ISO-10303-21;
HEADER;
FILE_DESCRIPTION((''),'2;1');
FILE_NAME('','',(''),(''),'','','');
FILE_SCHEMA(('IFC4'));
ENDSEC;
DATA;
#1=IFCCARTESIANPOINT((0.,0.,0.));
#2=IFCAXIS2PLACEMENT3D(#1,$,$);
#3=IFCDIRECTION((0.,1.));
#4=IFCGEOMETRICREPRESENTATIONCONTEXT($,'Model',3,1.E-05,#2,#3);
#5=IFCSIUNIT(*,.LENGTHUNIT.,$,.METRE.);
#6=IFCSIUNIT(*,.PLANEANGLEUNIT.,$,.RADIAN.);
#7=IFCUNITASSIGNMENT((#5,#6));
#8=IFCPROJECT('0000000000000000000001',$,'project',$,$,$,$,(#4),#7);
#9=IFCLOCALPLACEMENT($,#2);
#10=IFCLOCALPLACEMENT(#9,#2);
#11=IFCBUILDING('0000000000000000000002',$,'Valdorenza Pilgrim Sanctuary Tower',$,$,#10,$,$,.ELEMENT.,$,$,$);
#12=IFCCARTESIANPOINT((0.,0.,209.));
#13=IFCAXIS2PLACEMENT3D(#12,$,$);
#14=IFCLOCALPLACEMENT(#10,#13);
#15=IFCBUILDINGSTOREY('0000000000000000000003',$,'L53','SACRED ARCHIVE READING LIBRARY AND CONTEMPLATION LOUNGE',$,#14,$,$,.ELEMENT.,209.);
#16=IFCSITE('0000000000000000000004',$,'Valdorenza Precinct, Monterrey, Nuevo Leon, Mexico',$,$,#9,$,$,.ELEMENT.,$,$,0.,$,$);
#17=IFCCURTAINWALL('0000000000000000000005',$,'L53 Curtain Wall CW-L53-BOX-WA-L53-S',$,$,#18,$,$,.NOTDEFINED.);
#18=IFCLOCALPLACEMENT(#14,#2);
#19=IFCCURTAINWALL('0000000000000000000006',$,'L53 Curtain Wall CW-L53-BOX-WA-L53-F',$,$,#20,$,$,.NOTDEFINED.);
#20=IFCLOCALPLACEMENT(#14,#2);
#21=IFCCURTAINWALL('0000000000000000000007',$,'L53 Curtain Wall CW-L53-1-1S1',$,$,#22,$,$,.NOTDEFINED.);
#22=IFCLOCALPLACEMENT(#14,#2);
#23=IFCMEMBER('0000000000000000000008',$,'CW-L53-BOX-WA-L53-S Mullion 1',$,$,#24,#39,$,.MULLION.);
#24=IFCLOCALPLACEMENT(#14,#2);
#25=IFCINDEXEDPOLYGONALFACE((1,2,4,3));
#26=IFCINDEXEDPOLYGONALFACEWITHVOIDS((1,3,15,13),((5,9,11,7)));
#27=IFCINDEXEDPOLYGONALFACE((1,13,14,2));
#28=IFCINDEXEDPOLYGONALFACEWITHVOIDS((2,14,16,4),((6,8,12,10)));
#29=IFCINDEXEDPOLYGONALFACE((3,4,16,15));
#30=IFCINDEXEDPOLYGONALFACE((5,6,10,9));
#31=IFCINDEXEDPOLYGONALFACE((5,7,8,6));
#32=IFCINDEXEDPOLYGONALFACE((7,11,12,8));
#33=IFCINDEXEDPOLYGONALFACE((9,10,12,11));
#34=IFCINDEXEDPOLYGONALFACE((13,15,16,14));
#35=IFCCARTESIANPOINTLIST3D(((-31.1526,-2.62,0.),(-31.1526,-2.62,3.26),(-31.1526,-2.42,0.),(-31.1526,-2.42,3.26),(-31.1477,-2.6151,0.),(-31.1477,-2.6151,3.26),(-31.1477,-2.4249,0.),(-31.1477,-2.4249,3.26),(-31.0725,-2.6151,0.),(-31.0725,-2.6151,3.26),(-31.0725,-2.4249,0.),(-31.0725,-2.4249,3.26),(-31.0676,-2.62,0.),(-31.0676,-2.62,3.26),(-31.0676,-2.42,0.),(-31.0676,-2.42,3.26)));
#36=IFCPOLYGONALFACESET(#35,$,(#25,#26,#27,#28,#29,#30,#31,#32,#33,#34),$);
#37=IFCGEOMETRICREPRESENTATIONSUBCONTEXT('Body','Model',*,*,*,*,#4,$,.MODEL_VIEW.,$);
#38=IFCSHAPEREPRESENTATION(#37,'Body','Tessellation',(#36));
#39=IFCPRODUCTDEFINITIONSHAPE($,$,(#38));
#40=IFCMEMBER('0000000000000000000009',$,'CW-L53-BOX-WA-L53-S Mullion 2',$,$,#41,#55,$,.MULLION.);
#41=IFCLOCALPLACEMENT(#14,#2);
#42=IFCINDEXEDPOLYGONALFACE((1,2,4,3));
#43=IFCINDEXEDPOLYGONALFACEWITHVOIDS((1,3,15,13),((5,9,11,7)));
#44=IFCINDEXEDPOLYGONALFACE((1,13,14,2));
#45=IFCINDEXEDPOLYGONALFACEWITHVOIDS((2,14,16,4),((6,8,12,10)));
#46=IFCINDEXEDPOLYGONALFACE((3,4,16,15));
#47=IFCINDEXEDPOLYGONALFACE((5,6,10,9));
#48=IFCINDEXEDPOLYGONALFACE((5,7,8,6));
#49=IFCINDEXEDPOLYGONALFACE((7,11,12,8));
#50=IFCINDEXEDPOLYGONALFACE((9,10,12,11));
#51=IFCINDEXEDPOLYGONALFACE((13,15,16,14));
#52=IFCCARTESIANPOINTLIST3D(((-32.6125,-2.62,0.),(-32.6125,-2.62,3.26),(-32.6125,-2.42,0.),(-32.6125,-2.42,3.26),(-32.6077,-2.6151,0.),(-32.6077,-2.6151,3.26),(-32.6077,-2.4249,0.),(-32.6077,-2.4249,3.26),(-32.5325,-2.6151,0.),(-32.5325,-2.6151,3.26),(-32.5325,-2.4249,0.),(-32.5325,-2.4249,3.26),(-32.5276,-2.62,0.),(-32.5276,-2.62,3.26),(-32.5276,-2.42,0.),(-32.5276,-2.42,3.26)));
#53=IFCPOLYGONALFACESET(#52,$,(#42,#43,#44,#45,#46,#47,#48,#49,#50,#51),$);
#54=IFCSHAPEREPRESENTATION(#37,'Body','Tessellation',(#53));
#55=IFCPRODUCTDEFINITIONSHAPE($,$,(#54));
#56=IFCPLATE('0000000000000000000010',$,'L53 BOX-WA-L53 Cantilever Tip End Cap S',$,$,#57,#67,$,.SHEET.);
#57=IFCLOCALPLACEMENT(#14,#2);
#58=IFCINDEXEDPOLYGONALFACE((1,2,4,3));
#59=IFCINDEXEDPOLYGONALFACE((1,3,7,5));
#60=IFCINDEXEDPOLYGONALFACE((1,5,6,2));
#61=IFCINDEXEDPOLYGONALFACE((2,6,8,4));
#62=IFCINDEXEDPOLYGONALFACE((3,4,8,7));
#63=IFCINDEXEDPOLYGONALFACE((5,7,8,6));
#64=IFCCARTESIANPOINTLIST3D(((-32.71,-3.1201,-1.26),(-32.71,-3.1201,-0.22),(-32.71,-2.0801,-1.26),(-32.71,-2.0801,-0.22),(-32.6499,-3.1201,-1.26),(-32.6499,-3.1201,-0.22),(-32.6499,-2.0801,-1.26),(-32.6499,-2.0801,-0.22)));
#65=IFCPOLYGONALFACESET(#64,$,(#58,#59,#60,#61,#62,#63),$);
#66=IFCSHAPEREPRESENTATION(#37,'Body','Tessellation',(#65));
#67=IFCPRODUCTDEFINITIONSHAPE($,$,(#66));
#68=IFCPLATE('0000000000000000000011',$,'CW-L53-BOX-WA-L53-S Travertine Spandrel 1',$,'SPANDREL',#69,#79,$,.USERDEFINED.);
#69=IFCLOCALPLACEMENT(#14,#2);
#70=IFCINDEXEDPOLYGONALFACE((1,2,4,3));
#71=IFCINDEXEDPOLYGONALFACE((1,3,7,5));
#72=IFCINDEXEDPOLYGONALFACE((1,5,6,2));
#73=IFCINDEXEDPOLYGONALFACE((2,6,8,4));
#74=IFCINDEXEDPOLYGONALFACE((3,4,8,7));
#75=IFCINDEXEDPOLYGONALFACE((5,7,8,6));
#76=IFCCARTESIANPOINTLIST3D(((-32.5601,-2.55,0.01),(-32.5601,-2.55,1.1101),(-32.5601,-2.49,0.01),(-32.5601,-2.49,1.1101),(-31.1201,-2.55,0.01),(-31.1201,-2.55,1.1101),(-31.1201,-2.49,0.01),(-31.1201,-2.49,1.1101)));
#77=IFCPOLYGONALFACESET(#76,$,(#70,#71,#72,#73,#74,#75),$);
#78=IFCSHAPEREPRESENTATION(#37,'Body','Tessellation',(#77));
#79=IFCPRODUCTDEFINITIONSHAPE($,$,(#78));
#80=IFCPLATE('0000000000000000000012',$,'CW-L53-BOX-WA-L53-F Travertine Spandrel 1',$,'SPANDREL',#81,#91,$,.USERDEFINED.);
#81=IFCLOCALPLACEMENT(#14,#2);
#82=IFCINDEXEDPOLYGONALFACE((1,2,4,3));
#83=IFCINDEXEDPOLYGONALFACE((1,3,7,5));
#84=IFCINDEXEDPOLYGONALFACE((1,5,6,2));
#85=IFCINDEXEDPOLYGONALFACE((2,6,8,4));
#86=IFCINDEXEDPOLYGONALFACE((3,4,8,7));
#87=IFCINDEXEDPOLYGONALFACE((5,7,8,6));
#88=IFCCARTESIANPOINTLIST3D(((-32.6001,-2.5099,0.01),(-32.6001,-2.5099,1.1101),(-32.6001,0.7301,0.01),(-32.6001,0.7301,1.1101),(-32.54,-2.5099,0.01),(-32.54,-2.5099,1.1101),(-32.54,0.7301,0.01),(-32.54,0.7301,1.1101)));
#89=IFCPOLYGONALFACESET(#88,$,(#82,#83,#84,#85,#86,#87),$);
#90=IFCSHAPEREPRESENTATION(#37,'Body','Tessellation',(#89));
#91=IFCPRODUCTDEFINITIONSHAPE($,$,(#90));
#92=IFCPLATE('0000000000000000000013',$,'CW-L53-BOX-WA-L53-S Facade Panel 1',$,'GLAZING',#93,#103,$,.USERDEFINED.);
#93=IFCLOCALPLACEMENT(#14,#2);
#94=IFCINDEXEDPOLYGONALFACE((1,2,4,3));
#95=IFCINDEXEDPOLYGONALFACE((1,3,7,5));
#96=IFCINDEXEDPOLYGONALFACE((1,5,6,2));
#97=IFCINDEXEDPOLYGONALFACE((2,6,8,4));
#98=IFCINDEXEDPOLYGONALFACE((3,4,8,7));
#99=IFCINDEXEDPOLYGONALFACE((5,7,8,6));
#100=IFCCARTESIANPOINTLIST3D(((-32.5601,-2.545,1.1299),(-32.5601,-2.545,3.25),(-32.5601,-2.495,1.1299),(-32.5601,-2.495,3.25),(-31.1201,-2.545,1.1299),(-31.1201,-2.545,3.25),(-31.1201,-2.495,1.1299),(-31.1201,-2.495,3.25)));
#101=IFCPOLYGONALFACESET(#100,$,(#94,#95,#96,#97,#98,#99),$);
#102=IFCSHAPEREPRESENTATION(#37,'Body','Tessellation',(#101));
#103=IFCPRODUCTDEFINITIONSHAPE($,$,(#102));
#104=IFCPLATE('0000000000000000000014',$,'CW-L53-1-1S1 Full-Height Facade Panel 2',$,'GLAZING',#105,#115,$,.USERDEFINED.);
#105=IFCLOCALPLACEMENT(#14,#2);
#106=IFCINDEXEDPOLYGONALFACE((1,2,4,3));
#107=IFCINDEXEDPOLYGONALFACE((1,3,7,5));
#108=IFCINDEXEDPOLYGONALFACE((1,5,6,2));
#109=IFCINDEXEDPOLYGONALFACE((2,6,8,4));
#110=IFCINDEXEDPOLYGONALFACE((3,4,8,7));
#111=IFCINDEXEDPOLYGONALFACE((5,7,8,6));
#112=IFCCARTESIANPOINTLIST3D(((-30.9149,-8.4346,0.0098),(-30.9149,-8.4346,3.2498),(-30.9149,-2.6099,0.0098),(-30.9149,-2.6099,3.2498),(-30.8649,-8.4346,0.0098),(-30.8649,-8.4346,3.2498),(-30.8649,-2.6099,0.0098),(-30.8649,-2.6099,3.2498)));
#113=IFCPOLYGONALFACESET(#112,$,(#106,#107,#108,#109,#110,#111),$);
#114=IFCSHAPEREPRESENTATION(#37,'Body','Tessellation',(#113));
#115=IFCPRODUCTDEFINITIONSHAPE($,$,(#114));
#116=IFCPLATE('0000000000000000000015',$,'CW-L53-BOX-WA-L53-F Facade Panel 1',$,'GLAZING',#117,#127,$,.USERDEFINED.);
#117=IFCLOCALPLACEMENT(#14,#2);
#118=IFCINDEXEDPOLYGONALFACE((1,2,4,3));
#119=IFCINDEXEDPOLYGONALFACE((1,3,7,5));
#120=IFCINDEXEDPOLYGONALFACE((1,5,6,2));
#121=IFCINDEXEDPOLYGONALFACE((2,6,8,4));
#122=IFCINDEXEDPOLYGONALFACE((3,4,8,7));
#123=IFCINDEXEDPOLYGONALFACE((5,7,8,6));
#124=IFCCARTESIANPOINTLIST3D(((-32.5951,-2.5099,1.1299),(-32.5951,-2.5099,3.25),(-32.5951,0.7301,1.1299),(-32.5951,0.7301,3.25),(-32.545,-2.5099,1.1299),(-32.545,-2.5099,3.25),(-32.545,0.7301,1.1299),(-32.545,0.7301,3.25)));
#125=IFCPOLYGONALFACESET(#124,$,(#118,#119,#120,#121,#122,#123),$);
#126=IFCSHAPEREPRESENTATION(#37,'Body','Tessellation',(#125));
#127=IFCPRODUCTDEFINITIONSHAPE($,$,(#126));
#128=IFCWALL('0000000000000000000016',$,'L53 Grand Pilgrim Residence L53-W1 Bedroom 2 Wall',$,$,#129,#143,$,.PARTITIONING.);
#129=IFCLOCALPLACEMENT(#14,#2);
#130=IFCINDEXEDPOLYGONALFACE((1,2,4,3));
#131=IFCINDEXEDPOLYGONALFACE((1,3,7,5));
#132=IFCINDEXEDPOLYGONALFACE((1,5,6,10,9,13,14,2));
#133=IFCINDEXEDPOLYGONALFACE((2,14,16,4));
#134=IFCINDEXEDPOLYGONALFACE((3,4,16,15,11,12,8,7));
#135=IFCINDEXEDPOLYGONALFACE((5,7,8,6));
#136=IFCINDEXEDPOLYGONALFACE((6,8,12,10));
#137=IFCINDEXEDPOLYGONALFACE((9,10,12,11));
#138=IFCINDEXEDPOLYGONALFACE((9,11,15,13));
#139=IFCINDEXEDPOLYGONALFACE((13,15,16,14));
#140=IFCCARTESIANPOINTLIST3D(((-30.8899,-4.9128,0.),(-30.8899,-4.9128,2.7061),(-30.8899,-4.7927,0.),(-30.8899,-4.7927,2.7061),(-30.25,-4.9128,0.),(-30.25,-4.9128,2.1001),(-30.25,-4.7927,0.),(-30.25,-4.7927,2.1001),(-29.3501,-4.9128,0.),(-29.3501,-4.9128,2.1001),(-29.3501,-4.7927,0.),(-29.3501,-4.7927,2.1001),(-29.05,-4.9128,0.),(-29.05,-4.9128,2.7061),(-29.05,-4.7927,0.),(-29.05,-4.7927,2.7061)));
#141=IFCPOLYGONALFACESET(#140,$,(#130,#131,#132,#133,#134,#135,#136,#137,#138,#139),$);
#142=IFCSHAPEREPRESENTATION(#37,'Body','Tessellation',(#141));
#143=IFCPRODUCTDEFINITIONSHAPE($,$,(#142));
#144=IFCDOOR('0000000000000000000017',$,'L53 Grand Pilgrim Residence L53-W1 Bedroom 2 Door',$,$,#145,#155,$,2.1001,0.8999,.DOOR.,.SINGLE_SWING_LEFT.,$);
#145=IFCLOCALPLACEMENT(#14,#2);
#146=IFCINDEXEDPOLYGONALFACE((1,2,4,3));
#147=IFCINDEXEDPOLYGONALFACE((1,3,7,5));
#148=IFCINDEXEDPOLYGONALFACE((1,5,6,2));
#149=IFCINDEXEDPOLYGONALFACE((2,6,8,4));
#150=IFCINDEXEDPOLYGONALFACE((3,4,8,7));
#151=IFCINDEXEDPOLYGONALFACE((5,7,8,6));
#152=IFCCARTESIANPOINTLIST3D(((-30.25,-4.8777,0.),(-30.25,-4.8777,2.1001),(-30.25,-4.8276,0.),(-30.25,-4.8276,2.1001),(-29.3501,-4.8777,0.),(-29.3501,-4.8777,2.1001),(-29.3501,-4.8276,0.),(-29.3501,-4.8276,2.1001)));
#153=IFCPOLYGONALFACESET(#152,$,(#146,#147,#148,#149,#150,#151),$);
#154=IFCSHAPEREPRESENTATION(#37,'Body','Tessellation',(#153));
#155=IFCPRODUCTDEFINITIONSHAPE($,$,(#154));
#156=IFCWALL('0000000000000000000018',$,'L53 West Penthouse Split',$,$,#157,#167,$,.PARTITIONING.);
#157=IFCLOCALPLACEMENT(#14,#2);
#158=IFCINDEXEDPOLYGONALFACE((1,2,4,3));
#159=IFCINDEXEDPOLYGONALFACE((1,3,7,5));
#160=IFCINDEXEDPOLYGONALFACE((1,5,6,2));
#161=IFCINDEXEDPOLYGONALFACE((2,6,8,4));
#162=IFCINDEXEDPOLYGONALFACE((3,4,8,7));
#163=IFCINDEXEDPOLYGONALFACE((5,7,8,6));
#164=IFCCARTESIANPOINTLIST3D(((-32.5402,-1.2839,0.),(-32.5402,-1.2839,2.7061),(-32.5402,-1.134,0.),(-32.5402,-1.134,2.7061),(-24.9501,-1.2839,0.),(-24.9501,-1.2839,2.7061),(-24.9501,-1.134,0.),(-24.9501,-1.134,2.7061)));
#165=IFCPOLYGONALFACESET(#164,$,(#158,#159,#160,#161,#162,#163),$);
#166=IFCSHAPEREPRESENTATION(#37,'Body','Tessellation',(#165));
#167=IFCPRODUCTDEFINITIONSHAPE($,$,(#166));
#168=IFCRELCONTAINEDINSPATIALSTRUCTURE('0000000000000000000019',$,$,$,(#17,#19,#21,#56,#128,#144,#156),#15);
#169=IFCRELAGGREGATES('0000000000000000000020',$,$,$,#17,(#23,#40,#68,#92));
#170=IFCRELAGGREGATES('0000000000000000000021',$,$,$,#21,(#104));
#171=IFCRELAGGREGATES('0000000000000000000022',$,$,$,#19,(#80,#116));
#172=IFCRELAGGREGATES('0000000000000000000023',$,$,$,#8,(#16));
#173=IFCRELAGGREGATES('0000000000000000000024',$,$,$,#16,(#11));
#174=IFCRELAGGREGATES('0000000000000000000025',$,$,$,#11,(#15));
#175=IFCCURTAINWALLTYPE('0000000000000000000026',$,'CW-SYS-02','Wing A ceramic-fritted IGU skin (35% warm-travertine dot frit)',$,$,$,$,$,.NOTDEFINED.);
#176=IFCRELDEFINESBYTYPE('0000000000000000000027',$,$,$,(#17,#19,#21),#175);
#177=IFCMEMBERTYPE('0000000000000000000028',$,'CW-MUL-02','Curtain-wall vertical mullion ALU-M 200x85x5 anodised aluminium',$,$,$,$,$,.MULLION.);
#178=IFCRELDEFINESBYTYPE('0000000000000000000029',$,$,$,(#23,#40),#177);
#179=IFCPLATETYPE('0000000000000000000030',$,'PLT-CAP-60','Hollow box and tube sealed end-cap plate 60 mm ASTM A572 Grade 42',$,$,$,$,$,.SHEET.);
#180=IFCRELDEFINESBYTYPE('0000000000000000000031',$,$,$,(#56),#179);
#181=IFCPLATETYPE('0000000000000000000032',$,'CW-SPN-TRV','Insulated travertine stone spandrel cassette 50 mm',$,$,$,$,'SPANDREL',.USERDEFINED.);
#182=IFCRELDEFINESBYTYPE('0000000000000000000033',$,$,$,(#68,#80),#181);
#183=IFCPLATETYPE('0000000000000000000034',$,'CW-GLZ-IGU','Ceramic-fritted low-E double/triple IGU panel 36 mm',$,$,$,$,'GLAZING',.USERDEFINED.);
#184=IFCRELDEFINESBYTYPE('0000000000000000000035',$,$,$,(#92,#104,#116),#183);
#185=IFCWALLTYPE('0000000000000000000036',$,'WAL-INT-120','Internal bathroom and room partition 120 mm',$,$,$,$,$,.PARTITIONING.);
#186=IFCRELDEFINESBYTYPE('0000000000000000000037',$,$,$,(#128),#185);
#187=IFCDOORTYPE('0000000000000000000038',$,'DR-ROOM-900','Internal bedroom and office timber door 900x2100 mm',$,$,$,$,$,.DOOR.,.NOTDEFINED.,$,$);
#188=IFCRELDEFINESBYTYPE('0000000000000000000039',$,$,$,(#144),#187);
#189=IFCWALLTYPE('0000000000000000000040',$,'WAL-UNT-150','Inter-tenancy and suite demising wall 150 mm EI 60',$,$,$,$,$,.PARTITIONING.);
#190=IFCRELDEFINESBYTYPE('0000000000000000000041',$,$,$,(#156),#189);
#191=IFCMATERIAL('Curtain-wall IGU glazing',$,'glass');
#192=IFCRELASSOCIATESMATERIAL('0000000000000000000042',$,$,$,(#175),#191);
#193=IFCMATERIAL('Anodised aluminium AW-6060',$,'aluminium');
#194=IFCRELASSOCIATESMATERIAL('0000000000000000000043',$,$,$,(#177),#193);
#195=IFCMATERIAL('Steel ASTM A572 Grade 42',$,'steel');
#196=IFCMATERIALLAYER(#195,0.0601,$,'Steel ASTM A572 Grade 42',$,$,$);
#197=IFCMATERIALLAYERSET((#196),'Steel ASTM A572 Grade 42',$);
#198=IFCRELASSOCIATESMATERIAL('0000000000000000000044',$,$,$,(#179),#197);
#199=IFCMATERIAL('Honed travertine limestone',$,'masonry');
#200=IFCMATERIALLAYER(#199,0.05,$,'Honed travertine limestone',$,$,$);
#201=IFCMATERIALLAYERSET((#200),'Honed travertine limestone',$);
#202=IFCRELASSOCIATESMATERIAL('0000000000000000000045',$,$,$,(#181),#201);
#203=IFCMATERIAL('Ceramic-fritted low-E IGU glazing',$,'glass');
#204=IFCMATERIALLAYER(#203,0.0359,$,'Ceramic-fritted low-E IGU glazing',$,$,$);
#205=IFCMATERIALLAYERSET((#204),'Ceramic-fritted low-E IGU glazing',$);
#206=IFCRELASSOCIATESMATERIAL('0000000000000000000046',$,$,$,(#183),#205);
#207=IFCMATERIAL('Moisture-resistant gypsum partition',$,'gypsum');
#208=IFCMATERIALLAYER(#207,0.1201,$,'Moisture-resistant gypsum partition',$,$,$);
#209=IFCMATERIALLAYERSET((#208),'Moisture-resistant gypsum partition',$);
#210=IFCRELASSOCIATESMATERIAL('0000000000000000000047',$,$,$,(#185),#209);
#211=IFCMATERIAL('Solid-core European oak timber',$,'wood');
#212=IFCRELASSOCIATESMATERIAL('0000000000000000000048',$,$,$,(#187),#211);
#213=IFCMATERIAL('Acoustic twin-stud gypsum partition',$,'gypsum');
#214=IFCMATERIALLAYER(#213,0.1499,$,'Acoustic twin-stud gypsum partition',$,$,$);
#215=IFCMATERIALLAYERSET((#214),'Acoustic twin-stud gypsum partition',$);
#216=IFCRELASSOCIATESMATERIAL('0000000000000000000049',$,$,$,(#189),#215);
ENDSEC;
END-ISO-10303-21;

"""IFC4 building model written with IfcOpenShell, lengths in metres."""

from ifc_helpers import new_model, si_unit, direction, frame, frame_2d, origin, origin_2d, place, context, subcontext, project, spatial, rectangle, hollow_rectangle, extrude, source, transform, mapped, material, layer, layer_set, material_profile, profile_set, type_object, element, fill, aggregate, save


model = new_model("IFC4")

# Units and contexts
model_context = context("Model", 3, precision=1e-05, world=origin(), true_north=direction((0.0, 1.0)))
body_context = subcontext(model_context, "Body", "Model", "MODEL_VIEW")
ifc_project = project(units=[si_unit("LENGTHUNIT", "METRE"), si_unit("PLANEANGLEUNIT", "RADIAN")], contexts=[model_context])

# Site, building, storey
site_placement = place(None, origin())
site = spatial("IfcSite", under=ifc_project, at=site_placement, Name="Valdorenza Precinct, Monterrey, Nuevo Leon, Mexico", CompositionType="ELEMENT", RefElevation=0.0)
building_placement = place(site_placement, origin())
building = spatial("IfcBuilding", under=site, at=building_placement, Name="Valdorenza Pilgrim Sanctuary Tower", CompositionType="ELEMENT")
storey_placement = place(building_placement, frame((0.0, 0.0, 209.0)))
storey = spatial("IfcBuildingStorey", under=building, at=storey_placement, Name="L53", Description="SACRED ARCHIVE READING LIBRARY AND CONTEMPLATION LOUNGE", CompositionType="ELEMENT", Elevation=209.0)

# Curtain walls
ifc_material_1 = material(Name="Curtain-wall IGU glazing", Category="glass")
curtain_wall_type = type_object("IfcCurtainWallType", Name="CW-SYS-02", Description="Wing A ceramic-fritted IGU skin (35% warm-travertine dot frit)", PredefinedType="NOTDEFINED", material=ifc_material_1)
curtain_wall_1_placement = place(storey_placement, origin())
curtain_wall_1 = element("IfcCurtainWall", 1, at=curtain_wall_1_placement, inside=storey, type_object=curtain_wall_type, Name="L53 Curtain Wall CW-L53-BOX-WA-L53-S", PredefinedType="NOTDEFINED")
ifc_material_2 = material(Name="Anodised aluminium AW-6060", Category="aluminium")
curtain_wall_2_placement = place(storey_placement, origin())
curtain_wall_2 = element("IfcCurtainWall", 2, at=curtain_wall_2_placement, inside=storey, type_object=curtain_wall_type, Name="L53 Curtain Wall CW-L53-BOX-WA-L53-F", PredefinedType="NOTDEFINED")

# Curtain wall
curtain_wall_3_placement = place(storey_placement, origin())
curtain_wall_3 = element("IfcCurtainWall", 3, at=curtain_wall_3_placement, inside=storey, type_object=curtain_wall_type, Name="L53 Curtain Wall CW-L53-1-1S1", PredefinedType="NOTDEFINED")
ifc_material_profile_1 = material_profile(ifc_material_2, hollow_rectangle(XDim=0.085, YDim=0.2, WallThickness=0.0049, at=origin_2d()), Name="ALU-M 200x85x5")
ifc_profile_set_1 = profile_set([ifc_material_profile_1], Name="Anodised aluminium AW-6060")
member_type_1 = type_object("IfcMemberType", Name="CW-MUL-02", Description="Curtain-wall vertical mullion ALU-M 200x85x5 anodised aluminium", PredefinedType="MULLION", material=ifc_profile_set_1)
shared_shape_1 = source(origin(), body_context, "Body", "SweptSolid", [
    extrude(hollow_rectangle(XDim=0.085, YDim=0.2, WallThickness=0.0049, at=origin_2d()), origin(), (0.0, 0.0, 1.0), 3.26),
])

# Members
member_1_placement = place(storey_placement, frame((-31.1101, -2.52, 0.0), z_axis=(0.0, 0.0, 1.0), x_axis=(-1.0, 0.0, 0.0)))
member_1 = element("IfcMember", 4, at=member_1_placement, type_object=member_type_1, Name="CW-L53-BOX-WA-L53-S Mullion 1", PredefinedType="MULLION", context=body_context, shape_type="MappedRepresentation", body=[
    mapped(shared_shape_1, transform((0.0, 0.0, 0.0), x_axis=(1.0, 0.0, 0.0), y_axis=(0.0, 1.0, 0.0), z_axis=(0.0, 0.0, 1.0), scale=1.0)),
])
member_2_placement = place(storey_placement, frame((-32.5701, -2.52, 0.0), z_axis=(0.0, 0.0, 1.0), x_axis=(-1.0, 0.0, 0.0)))
member_2 = element("IfcMember", 5, at=member_2_placement, type_object=member_type_1, Name="CW-L53-BOX-WA-L53-S Mullion 2", PredefinedType="MULLION", context=body_context, shape_type="MappedRepresentation", body=[
    mapped(shared_shape_1, transform((0.0, 0.0, 0.0), x_axis=(1.0, 0.0, 0.0), y_axis=(0.0, 1.0, 0.0), z_axis=(0.0, 0.0, 1.0), scale=1.0)),
])

# Plates
ifc_material_3 = material(Name="Steel ASTM A572 Grade 42", Category="steel")
ifc_layer_1 = layer(ifc_material_3, 0.0601, Name="Steel ASTM A572 Grade 42")
ifc_layer_set_1 = layer_set([ifc_layer_1], Name="Steel ASTM A572 Grade 42")
plate_type_1 = type_object("IfcPlateType", Name="PLT-CAP-60", Description="Hollow box and tube sealed end-cap plate 60 mm ASTM A572 Grade 42", PredefinedType="SHEET", material=ifc_layer_set_1)
shared_shape_2 = source(origin(), body_context, "Body", "SweptSolid", [
    extrude(rectangle(XDim=0.0601, YDim=1.04, at=origin_2d()), origin(), (0.0, 0.0, 1.0), 1.04),
])
plate_1_placement = place(storey_placement, frame((-32.6799, -2.6001, -1.26), z_axis=(0.0, 0.0, 1.0), x_axis=(1.0, 0.0, 0.0)))
element("IfcPlate", 6, at=plate_1_placement, inside=storey, type_object=plate_type_1, Name="L53 BOX-WA-L53 Cantilever Tip End Cap S", PredefinedType="SHEET", context=body_context, shape_type="MappedRepresentation", body=[
    mapped(shared_shape_2, transform((0.0, 0.0, 0.0), x_axis=(1.0, 0.0, 0.0), y_axis=(0.0, 1.0, 0.0), z_axis=(0.0, 0.0, 1.0), scale=1.0)),
])
ifc_material_4 = material(Name="Honed travertine limestone", Category="masonry")
ifc_layer_2 = layer(ifc_material_4, 0.05, Name="Honed travertine limestone")
ifc_layer_set_2 = layer_set([ifc_layer_2], Name="Honed travertine limestone")
plate_type_2 = type_object("IfcPlateType", Name="CW-SPN-TRV", Description="Insulated travertine stone spandrel cassette 50 mm", ElementType="SPANDREL", PredefinedType="USERDEFINED", material=ifc_layer_set_2)
shared_shape_3 = source(origin(), body_context, "Body", "SweptSolid", [
    extrude(rectangle(XDim=1.4399, YDim=0.0601, at=origin_2d()), origin(), (0.0, 0.0, 1.0), 1.1001),
])
plate_2_placement = place(storey_placement, frame((-31.8401, -2.52, 0.01), z_axis=(0.0, 0.0, 1.0), x_axis=(-1.0, 0.0, 0.0)))
plate_2 = element("IfcPlate", 7, at=plate_2_placement, type_object=plate_type_2, Name="CW-L53-BOX-WA-L53-S Travertine Spandrel 1", ObjectType="SPANDREL", PredefinedType="USERDEFINED", context=body_context, shape_type="MappedRepresentation", body=[
    mapped(shared_shape_3, transform((0.0, 0.0, 0.0), x_axis=(1.0, 0.0, 0.0), y_axis=(0.0, 1.0, 0.0), z_axis=(0.0, 0.0, 1.0), scale=1.0)),
])
shared_shape_4 = source(origin(), body_context, "Body", "SweptSolid", [
    extrude(rectangle(XDim=3.24, YDim=0.0601, at=origin_2d()), origin(), (0.0, 0.0, 1.0), 1.1001),
])
plate_3_placement = place(storey_placement, frame((-32.5701, -0.8899, 0.01), z_axis=(0.0, 0.0, 1.0), x_axis=(0.0, 1.0, 0.0)))
plate_3 = element("IfcPlate", 8, at=plate_3_placement, type_object=plate_type_2, Name="CW-L53-BOX-WA-L53-F Travertine Spandrel 1", ObjectType="SPANDREL", PredefinedType="USERDEFINED", context=body_context, shape_type="MappedRepresentation", body=[
    mapped(shared_shape_4, transform((0.0, 0.0, 0.0), x_axis=(1.0, 0.0, 0.0), y_axis=(0.0, 1.0, 0.0), z_axis=(0.0, 0.0, 1.0), scale=1.0)),
])
ifc_material_5 = material(Name="Ceramic-fritted low-E IGU glazing", Category="glass")
ifc_layer_3 = layer(ifc_material_5, 0.0359, Name="Ceramic-fritted low-E IGU glazing")
ifc_layer_set_3 = layer_set([ifc_layer_3], Name="Ceramic-fritted low-E IGU glazing")
plate_type_3 = type_object("IfcPlateType", Name="CW-GLZ-IGU", Description="Ceramic-fritted low-E double/triple IGU panel 36 mm", ElementType="GLAZING", PredefinedType="USERDEFINED", material=ifc_layer_set_3)
shared_shape_5 = source(origin(), body_context, "Body", "SweptSolid", [
    extrude(rectangle(XDim=1.4399, YDim=0.05, at=origin_2d()), origin(), (0.0, 0.0, 1.0), 2.1201),
])
plate_4_placement = place(storey_placement, frame((-31.8401, -2.52, 1.1299), z_axis=(0.0, 0.0, 1.0), x_axis=(-1.0, 0.0, 0.0)))
plate_4 = element("IfcPlate", 9, at=plate_4_placement, type_object=plate_type_3, Name="CW-L53-BOX-WA-L53-S Facade Panel 1", ObjectType="GLAZING", PredefinedType="USERDEFINED", context=body_context, shape_type="MappedRepresentation", body=[
    mapped(shared_shape_5, transform((0.0, 0.0, 0.0), x_axis=(1.0, 0.0, 0.0), y_axis=(0.0, 1.0, 0.0), z_axis=(0.0, 0.0, 1.0), scale=1.0)),
])
aggregate(curtain_wall_1, [member_1, member_2, plate_2, plate_4])
shared_shape_6 = source(origin(), body_context, "Body", "SweptSolid", [
    extrude(rectangle(XDim=5.8247, YDim=0.05, at=origin_2d()), origin(), (0.0, 0.0, 1.0), 3.24),
])
plate_5_placement = place(storey_placement, frame((-30.8899, -5.5222, 0.0098), z_axis=(0.0, 0.0, 1.0), x_axis=(0.0, 1.0, 0.0)))
plate_5 = element("IfcPlate", 10, at=plate_5_placement, type_object=plate_type_3, Name="CW-L53-1-1S1 Full-Height Facade Panel 2", ObjectType="GLAZING", PredefinedType="USERDEFINED", context=body_context, shape_type="MappedRepresentation", body=[
    mapped(shared_shape_6, transform((0.0, 0.0, 0.0), x_axis=(1.0, 0.0, 0.0), y_axis=(0.0, 1.0, 0.0), z_axis=(0.0, 0.0, 1.0), scale=1.0)),
])
aggregate(curtain_wall_3, [plate_5])
shared_shape_7 = source(origin(), body_context, "Body", "SweptSolid", [
    extrude(rectangle(XDim=3.24, YDim=0.05, at=origin_2d()), origin(), (0.0, 0.0, 1.0), 2.1201),
])
plate_6_placement = place(storey_placement, frame((-32.5701, -0.8899, 1.1299), z_axis=(0.0, 0.0, 1.0), x_axis=(0.0, 1.0, 0.0)))
plate_6 = element("IfcPlate", 11, at=plate_6_placement, type_object=plate_type_3, Name="CW-L53-BOX-WA-L53-F Facade Panel 1", ObjectType="GLAZING", PredefinedType="USERDEFINED", context=body_context, shape_type="MappedRepresentation", body=[
    mapped(shared_shape_7, transform((0.0, 0.0, 0.0), x_axis=(1.0, 0.0, 0.0), y_axis=(0.0, 1.0, 0.0), z_axis=(0.0, 0.0, 1.0), scale=1.0)),
])
aggregate(curtain_wall_2, [plate_3, plate_6])

# Wall, opening, door
ifc_material_6 = material(Name="Moisture-resistant gypsum partition", Category="gypsum")
ifc_layer_4 = layer(ifc_material_6, 0.1201, Name="Moisture-resistant gypsum partition")
ifc_layer_set_4 = layer_set([ifc_layer_4], Name="Moisture-resistant gypsum partition")
wall_type_1 = type_object("IfcWallType", Name="WAL-INT-120", Description="Internal bathroom and room partition 120 mm", PredefinedType="PARTITIONING", material=ifc_layer_set_4)
wall_1_placement = place(storey_placement, frame((-30.8899, -4.8528, 0.0), z_axis=(0.0, 0.0, 1.0), x_axis=(1.0, 0.0, 0.0)))
wall_1 = element("IfcWall", 12, at=wall_1_placement, inside=storey, type_object=wall_type_1, Name="L53 Grand Pilgrim Residence L53-W1 Bedroom 2 Wall", PredefinedType="PARTITIONING", context=body_context, shape_type="SweptSolid", body=[
    extrude(rectangle(XDim=1.8398, YDim=0.1201, at=frame_2d((0.9199, 0.0))), origin(), (0.0, 0.0, 1.0), 2.7061),
])
opening_placement = place(wall_1_placement, frame((0.6399, 0.0, 0.0)))
opening = element("IfcOpeningElement", 13, at=opening_placement, cuts=wall_1, PredefinedType="OPENING", context=body_context, shape_type="SweptSolid", body=[
    extrude(rectangle(XDim=0.8999, YDim=2.1001, at=frame_2d((0.45, 1.05))), frame((0.0, 0.075, 0.0), z_axis=(0.0, -1.0, 0.0), x_axis=(1.0, 0.0, 0.0)), (0.0, 0.0, 1.0), 0.1499),
])
ifc_material_7 = material(Name="Solid-core European oak timber", Category="wood")
door_type = type_object("IfcDoorType", Name="DR-ROOM-900", Description="Internal bedroom and office timber door 900x2100 mm", OperationType="NOTDEFINED", PredefinedType="DOOR", material=ifc_material_7)
door_placement = place(opening_placement, frame((0.8999, 0.0, 0.0), z_axis=(0.0, 0.0, 1.0), x_axis=(-1.0, 0.0, 0.0)))
door = element("IfcDoor", 14, at=door_placement, inside=storey, type_object=door_type, Name="L53 Grand Pilgrim Residence L53-W1 Bedroom 2 Door", OperationType="SINGLE_SWING_LEFT", OverallHeight=2.1001, OverallWidth=0.8999, PredefinedType="DOOR", context=body_context, shape_type="SweptSolid", body=[
    extrude(rectangle(XDim=0.8999, YDim=2.1001, at=frame_2d((0.45, 1.05))), frame((0.0, 0.0249, 0.0), z_axis=(0.0, -1.0, 0.0), x_axis=(1.0, 0.0, 0.0)), (0.0, 0.0, 1.0), 0.05),
])
fill(opening, door)

# Wall
ifc_material_8 = material(Name="Acoustic twin-stud gypsum partition", Category="gypsum")
ifc_layer_5 = layer(ifc_material_8, 0.1499, Name="Acoustic twin-stud gypsum partition")
ifc_layer_set_5 = layer_set([ifc_layer_5], Name="Acoustic twin-stud gypsum partition")
wall_type_2 = type_object("IfcWallType", Name="WAL-UNT-150", Description="Inter-tenancy and suite demising wall 150 mm EI 60", PredefinedType="PARTITIONING", material=ifc_layer_set_5)
wall_2_placement = place(storey_placement, frame((-32.54, -1.209, 0.0), z_axis=(0.0, 0.0, 1.0), x_axis=(1.0, 0.0, 0.0)))
element("IfcWall", 15, at=wall_2_placement, inside=storey, type_object=wall_type_2, Name="L53 West Penthouse Split", PredefinedType="PARTITIONING", context=body_context, shape_type="SweptSolid", body=[
    extrude(rectangle(XDim=7.5901, YDim=0.1499, at=frame_2d((3.7949, 0.0))), origin(), (0.0, 0.0, 1.0), 2.7061),
])

save(model, "model.ifc")
